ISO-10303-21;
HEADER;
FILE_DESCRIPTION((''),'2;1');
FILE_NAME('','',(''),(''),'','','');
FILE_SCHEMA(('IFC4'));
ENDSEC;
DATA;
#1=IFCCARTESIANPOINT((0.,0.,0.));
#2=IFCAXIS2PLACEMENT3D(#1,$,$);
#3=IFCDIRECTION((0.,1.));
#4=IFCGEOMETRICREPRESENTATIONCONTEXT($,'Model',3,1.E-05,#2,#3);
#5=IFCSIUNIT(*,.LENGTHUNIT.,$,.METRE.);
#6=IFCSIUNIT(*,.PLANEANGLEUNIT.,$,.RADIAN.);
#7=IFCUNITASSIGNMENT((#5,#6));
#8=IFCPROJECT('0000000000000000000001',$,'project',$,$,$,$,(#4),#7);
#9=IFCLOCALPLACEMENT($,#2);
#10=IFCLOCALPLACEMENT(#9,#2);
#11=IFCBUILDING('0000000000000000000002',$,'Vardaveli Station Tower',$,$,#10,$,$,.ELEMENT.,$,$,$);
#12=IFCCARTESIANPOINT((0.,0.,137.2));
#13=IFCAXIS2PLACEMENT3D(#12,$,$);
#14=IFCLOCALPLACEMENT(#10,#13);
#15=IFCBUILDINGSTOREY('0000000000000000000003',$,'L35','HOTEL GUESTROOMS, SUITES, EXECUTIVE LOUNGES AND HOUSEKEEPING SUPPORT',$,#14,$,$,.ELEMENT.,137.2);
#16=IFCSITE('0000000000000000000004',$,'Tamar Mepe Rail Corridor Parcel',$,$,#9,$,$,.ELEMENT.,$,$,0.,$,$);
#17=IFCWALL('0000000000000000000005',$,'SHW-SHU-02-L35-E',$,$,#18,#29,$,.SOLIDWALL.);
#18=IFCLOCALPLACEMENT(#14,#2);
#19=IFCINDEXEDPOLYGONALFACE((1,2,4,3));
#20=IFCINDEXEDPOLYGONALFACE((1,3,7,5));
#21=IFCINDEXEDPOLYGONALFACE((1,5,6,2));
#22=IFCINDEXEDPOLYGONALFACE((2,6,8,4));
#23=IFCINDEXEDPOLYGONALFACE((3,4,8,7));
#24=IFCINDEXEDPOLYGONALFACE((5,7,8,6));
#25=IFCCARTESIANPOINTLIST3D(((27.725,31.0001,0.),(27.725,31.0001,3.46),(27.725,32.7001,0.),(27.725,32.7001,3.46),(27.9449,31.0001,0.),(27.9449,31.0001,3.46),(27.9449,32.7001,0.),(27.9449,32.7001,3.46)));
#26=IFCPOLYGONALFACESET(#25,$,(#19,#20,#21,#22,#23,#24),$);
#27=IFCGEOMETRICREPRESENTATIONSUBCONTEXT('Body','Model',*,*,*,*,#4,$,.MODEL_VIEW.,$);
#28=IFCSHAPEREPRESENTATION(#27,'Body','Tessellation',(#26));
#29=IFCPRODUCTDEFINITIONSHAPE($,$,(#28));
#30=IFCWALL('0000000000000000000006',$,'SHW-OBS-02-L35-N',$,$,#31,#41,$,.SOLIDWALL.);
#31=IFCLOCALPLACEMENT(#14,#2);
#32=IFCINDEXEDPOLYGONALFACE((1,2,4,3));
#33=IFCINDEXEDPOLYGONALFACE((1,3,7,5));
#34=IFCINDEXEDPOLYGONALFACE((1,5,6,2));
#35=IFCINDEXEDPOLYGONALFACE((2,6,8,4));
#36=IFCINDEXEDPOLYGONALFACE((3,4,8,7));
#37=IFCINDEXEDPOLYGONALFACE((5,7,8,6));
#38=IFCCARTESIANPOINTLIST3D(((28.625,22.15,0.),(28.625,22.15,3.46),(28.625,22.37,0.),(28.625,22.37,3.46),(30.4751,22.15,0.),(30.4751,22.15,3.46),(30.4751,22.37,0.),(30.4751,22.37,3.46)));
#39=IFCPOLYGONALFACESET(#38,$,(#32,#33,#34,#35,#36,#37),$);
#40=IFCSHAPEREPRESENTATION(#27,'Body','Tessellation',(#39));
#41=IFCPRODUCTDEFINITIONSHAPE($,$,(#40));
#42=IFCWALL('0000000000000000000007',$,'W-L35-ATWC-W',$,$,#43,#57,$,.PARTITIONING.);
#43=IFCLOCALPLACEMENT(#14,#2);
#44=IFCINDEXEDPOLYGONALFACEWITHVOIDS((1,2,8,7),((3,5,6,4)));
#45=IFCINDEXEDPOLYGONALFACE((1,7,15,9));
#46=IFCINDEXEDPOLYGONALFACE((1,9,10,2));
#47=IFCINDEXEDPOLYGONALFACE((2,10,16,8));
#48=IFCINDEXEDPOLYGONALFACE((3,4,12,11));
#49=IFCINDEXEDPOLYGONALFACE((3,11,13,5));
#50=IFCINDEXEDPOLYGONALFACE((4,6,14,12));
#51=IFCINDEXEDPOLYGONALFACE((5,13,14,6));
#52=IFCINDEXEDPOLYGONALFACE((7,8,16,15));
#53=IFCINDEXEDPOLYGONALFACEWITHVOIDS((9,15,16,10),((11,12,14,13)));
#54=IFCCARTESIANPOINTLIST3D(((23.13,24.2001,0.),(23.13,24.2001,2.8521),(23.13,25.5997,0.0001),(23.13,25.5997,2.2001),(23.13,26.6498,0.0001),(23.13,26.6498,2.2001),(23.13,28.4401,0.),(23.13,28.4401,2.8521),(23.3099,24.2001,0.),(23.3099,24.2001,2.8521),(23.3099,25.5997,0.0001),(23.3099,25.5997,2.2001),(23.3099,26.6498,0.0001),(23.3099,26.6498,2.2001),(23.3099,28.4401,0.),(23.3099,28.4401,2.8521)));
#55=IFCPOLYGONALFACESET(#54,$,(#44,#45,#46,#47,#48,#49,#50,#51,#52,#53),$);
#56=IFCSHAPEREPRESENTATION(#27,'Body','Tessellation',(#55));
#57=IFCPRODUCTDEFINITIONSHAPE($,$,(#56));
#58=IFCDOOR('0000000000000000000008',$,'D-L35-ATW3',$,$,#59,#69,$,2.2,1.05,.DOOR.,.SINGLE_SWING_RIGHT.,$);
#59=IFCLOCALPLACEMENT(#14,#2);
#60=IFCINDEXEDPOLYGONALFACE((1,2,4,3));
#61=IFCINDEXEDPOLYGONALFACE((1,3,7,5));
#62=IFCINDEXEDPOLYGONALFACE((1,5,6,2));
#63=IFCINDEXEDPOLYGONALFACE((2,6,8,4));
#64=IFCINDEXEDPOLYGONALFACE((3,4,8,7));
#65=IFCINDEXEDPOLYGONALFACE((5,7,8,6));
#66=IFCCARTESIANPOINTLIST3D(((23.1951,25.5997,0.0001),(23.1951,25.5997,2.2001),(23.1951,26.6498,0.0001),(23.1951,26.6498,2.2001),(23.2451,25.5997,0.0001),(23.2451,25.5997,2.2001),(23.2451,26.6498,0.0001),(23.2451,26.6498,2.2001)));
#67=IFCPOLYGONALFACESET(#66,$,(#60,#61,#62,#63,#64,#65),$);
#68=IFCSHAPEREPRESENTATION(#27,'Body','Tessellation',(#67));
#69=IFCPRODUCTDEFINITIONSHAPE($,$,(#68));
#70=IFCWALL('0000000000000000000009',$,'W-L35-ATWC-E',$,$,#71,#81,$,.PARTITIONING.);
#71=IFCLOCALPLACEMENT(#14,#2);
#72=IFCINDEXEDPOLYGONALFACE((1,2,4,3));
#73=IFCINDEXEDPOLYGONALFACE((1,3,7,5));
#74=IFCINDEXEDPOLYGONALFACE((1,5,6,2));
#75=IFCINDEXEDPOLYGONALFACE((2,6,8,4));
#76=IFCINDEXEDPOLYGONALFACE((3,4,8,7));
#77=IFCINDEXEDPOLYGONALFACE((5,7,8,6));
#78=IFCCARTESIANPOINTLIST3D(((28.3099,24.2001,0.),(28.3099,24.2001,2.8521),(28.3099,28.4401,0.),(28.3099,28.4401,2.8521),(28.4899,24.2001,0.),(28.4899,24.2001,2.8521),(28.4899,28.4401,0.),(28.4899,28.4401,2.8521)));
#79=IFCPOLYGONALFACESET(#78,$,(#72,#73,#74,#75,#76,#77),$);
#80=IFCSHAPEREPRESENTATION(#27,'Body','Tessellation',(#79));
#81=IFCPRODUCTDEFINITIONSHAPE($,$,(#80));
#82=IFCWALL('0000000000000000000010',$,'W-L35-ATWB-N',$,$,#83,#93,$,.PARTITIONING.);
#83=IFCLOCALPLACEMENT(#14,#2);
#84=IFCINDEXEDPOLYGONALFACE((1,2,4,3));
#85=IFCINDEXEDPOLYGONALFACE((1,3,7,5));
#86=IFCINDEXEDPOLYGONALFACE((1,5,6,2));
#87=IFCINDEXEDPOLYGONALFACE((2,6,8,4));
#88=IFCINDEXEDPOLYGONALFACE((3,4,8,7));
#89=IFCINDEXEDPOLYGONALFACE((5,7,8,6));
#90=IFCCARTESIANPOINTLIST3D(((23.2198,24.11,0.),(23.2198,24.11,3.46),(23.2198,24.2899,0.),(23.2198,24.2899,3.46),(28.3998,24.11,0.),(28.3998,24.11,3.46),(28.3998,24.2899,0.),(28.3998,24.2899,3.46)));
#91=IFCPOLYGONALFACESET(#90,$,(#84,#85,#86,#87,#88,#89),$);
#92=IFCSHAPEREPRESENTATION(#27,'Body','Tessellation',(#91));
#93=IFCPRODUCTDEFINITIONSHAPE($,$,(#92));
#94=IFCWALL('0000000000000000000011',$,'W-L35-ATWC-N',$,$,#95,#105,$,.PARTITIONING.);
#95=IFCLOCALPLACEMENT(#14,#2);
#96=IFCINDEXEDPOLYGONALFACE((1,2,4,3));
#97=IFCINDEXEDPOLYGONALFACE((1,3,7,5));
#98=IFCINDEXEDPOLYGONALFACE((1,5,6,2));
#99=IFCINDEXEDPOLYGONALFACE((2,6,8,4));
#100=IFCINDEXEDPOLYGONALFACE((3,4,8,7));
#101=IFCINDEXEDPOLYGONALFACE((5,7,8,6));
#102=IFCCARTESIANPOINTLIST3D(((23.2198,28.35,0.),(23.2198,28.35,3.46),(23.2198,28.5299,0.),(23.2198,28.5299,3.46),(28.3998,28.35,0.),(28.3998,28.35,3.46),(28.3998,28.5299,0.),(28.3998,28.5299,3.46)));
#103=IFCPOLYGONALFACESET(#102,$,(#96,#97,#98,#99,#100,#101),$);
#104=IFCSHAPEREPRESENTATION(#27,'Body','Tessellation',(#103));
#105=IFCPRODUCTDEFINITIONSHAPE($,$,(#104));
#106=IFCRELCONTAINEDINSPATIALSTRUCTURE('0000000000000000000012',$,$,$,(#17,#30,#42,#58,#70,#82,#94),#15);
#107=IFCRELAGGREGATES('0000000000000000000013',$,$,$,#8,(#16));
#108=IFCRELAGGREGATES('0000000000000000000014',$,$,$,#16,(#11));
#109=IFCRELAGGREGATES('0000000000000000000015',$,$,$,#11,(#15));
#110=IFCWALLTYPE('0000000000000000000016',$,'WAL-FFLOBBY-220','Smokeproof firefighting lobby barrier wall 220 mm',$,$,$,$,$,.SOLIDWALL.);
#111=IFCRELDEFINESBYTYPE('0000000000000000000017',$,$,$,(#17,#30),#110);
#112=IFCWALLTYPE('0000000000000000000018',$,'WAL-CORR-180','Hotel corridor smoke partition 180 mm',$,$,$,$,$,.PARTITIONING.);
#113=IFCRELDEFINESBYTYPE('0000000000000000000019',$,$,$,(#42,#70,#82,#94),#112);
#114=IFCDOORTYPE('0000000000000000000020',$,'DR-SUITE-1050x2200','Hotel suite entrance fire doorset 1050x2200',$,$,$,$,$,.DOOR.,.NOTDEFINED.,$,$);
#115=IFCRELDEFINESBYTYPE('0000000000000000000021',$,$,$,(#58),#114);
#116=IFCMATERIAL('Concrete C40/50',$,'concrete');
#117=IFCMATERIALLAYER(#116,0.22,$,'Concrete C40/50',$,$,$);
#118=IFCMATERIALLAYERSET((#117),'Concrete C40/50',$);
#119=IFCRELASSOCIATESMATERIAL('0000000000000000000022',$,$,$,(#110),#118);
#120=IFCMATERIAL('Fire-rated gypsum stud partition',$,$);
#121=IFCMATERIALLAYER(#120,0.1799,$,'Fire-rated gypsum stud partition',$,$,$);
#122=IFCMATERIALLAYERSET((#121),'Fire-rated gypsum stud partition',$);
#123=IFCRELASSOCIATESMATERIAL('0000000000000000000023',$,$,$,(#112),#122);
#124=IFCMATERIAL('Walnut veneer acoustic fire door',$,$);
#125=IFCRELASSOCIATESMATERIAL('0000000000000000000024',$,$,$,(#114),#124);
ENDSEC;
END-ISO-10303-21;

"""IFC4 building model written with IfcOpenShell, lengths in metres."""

from ifc_helpers import new_model, si_unit, direction, frame, frame_2d, origin, place, context, subcontext, project, spatial, rectangle, extrude, source, transform, mapped, material, layer, layer_set, type_object, element, fill, save


model = new_model("IFC4")

# Units and contexts
model_context = context("Model", 3, precision=1e-05, world=origin(), true_north=direction((0.0, 1.0)))
body_context = subcontext(model_context, "Body", "Model", "MODEL_VIEW")
ifc_project = project(units=[si_unit("LENGTHUNIT", "METRE"), si_unit("PLANEANGLEUNIT", "RADIAN")], contexts=[model_context])

# Site, building, storey
site_placement = place(None, origin())
site = spatial("IfcSite", under=ifc_project, at=site_placement, Name="Tamar Mepe Rail Corridor Parcel", CompositionType="ELEMENT", RefElevation=0.0)
building_placement = place(site_placement, origin())
building = spatial("IfcBuilding", under=site, at=building_placement, Name="Vardaveli Station Tower", CompositionType="ELEMENT")
storey_placement = place(building_placement, frame((0.0, 0.0, 137.2)))
storey = spatial("IfcBuildingStorey", under=building, at=storey_placement, Name="L35", Description="HOTEL GUESTROOMS, SUITES, EXECUTIVE LOUNGES AND HOUSEKEEPING SUPPORT", CompositionType="ELEMENT", Elevation=137.2)

# Shared definitions
ifc_material_1 = material(Name="Concrete C40/50", Category="concrete")

# Walls
ifc_layer_1 = layer(ifc_material_1, 0.22, Name="Concrete C40/50")
ifc_layer_set_1 = layer_set([ifc_layer_1], Name="Concrete C40/50")
wall_type_1 = type_object("IfcWallType", Name="WAL-FFLOBBY-220", Description="Smokeproof firefighting lobby barrier wall 220 mm", PredefinedType="SOLIDWALL", material=ifc_layer_set_1)
shared_shape_1 = source(origin(), body_context, "Body", "SweptSolid", [
    extrude(rectangle(XDim=1.7, YDim=0.22, at=frame_2d((0.8501, 0.0))), origin(), (0.0, 0.0, 1.0), 3.46),
])
for number, where, z_axis, x_axis, name in (
    (1, (27.835, 31.0, 0.0), (0.0, 0.0, 1.0), (0.0, 1.0, 0.0), "SHW-SHU-02-L35-E"),
):
    element("IfcWall", number, at=place(storey_placement, frame(where, z_axis=z_axis, x_axis=x_axis)), inside=storey, type_object=wall_type_1, Name=name, PredefinedType="SOLIDWALL", context=body_context, shape_type="MappedRepresentation", body=[
        mapped(shared_shape_1, transform((0.0, 0.0, 0.0), scale=1.0)),
    ])
shared_shape_2 = source(origin(), body_context, "Body", "SweptSolid", [
    extrude(rectangle(XDim=1.8501, YDim=0.22, at=frame_2d((0.925, 0.0))), origin(), (0.0, 0.0, 1.0), 3.46),
])
wall_1_placement = place(storey_placement, frame((28.625, 22.26, 0.0), z_axis=(0.0, 0.0, 1.0), x_axis=(1.0, 0.0, 0.0)))
element("IfcWall", 2, at=wall_1_placement, inside=storey, type_object=wall_type_1, Name="SHW-OBS-02-L35-N", PredefinedType="SOLIDWALL", context=body_context, shape_type="MappedRepresentation", body=[
    mapped(shared_shape_2, transform((0.0, 0.0, 0.0), scale=1.0)),
])

# Wall, opening, door
ifc_material_2 = material(Name="Fire-rated gypsum stud partition")
ifc_layer_2 = layer(ifc_material_2, 0.1799, Name="Fire-rated gypsum stud partition")
ifc_layer_set_2 = layer_set([ifc_layer_2], Name="Fire-rated gypsum stud partition")
wall_type_2 = type_object("IfcWallType", Name="WAL-CORR-180", Description="Hotel corridor smoke partition 180 mm", PredefinedType="PARTITIONING", material=ifc_layer_set_2)
shared_shape_3 = source(origin(), body_context, "Body", "SweptSolid", [
    extrude(rectangle(XDim=4.24, YDim=0.1799, at=frame_2d((2.1201, 0.0))), origin(), (0.0, 0.0, 1.0), 2.8521),
])
wall_2_placement = place(storey_placement, frame((23.22, 24.2, 0.0), z_axis=(0.0, 0.0, 1.0), x_axis=(0.0, 1.0, 0.0)))
wall_2 = element("IfcWall", 3, at=wall_2_placement, inside=storey, type_object=wall_type_2, Name="W-L35-ATWC-W", PredefinedType="PARTITIONING", context=body_context, shape_type="MappedRepresentation", body=[
    mapped(shared_shape_3, transform((0.0, 0.0, 0.0), scale=1.0)),
])
shared_shape_4 = source(origin(), body_context, "Body", "SweptSolid", [
    extrude(rectangle(XDim=1.05, YDim=2.2, at=frame_2d((0.5249, 1.1001))), frame((0.0, 0.1001, 0.0), z_axis=(0.0, -1.0, 0.0), x_axis=(1.0, 0.0, 0.0)), (0.0, 0.0, 1.0), 0.2),
])
opening_1_placement = place(wall_2_placement, frame((1.3999, 0.0, 0.0)))
opening_1 = element("IfcOpeningElement", 4, at=opening_1_placement, cuts=wall_2, PredefinedType="OPENING", context=body_context, shape_type="MappedRepresentation", body=[
    mapped(shared_shape_4, transform((0.0, 0.0, 0.0), scale=1.0)),
])
ifc_material_3 = material(Name="Walnut veneer acoustic fire door")
door_type_1 = type_object("IfcDoorType", Name="DR-SUITE-1050x2200", Description="Hotel suite entrance fire doorset 1050x2200", OperationType="NOTDEFINED", PredefinedType="DOOR", material=ifc_material_3)
shared_shape_5 = source(origin(), body_context, "Body", "SweptSolid", [
    extrude(rectangle(XDim=1.05, YDim=2.2, at=frame_2d((0.5249, 1.1001))), frame((0.0, 0.0249, 0.0), z_axis=(0.0, -1.0, 0.0), x_axis=(1.0, 0.0, 0.0)), (0.0, 0.0, 1.0), 0.05),
])
door_1_placement = place(opening_1_placement, origin())
door_1 = element("IfcDoor", 5, at=door_1_placement, inside=storey, type_object=door_type_1, Name="D-L35-ATW3", OperationType="SINGLE_SWING_RIGHT", OverallHeight=2.2, OverallWidth=1.05, PredefinedType="DOOR", context=body_context, shape_type="MappedRepresentation", body=[
    mapped(shared_shape_5, transform((0.0, 0.0, 0.0), scale=1.0)),
])
fill(opening_1, door_1)

# Walls
wall_3_placement = place(storey_placement, frame((28.3999, 24.2, 0.0), z_axis=(0.0, 0.0, 1.0), x_axis=(0.0, 1.0, 0.0)))
element("IfcWall", 6, at=wall_3_placement, inside=storey, type_object=wall_type_2, Name="W-L35-ATWC-E", PredefinedType="PARTITIONING", context=body_context, shape_type="MappedRepresentation", body=[
    mapped(shared_shape_3, transform((0.0, 0.0, 0.0), scale=1.0)),
])
shared_shape_6 = source(origin(), body_context, "Body", "SweptSolid", [
    extrude(rectangle(XDim=5.1799, YDim=0.1799, at=frame_2d((2.5898, 0.0))), origin(), (0.0, 0.0, 1.0), 3.46),
])
for number, where, z_axis, x_axis, name in (
    (7, (23.22, 24.2, 0.0), (0.0, 0.0, 1.0), (1.0, 0.0, 0.0), "W-L35-ATWB-N"),
    (8, (23.22, 28.4399, 0.0), (0.0, 0.0, 1.0), (1.0, 0.0, 0.0), "W-L35-ATWC-N"),
):
    element("IfcWall", number, at=place(storey_placement, frame(where, z_axis=z_axis, x_axis=x_axis)), inside=storey, type_object=wall_type_2, Name=name, PredefinedType="PARTITIONING", context=body_context, shape_type="MappedRepresentation", body=[
        mapped(shared_shape_6, transform((0.0, 0.0, 0.0), scale=1.0)),
    ])

save(model, "model.ifc")
